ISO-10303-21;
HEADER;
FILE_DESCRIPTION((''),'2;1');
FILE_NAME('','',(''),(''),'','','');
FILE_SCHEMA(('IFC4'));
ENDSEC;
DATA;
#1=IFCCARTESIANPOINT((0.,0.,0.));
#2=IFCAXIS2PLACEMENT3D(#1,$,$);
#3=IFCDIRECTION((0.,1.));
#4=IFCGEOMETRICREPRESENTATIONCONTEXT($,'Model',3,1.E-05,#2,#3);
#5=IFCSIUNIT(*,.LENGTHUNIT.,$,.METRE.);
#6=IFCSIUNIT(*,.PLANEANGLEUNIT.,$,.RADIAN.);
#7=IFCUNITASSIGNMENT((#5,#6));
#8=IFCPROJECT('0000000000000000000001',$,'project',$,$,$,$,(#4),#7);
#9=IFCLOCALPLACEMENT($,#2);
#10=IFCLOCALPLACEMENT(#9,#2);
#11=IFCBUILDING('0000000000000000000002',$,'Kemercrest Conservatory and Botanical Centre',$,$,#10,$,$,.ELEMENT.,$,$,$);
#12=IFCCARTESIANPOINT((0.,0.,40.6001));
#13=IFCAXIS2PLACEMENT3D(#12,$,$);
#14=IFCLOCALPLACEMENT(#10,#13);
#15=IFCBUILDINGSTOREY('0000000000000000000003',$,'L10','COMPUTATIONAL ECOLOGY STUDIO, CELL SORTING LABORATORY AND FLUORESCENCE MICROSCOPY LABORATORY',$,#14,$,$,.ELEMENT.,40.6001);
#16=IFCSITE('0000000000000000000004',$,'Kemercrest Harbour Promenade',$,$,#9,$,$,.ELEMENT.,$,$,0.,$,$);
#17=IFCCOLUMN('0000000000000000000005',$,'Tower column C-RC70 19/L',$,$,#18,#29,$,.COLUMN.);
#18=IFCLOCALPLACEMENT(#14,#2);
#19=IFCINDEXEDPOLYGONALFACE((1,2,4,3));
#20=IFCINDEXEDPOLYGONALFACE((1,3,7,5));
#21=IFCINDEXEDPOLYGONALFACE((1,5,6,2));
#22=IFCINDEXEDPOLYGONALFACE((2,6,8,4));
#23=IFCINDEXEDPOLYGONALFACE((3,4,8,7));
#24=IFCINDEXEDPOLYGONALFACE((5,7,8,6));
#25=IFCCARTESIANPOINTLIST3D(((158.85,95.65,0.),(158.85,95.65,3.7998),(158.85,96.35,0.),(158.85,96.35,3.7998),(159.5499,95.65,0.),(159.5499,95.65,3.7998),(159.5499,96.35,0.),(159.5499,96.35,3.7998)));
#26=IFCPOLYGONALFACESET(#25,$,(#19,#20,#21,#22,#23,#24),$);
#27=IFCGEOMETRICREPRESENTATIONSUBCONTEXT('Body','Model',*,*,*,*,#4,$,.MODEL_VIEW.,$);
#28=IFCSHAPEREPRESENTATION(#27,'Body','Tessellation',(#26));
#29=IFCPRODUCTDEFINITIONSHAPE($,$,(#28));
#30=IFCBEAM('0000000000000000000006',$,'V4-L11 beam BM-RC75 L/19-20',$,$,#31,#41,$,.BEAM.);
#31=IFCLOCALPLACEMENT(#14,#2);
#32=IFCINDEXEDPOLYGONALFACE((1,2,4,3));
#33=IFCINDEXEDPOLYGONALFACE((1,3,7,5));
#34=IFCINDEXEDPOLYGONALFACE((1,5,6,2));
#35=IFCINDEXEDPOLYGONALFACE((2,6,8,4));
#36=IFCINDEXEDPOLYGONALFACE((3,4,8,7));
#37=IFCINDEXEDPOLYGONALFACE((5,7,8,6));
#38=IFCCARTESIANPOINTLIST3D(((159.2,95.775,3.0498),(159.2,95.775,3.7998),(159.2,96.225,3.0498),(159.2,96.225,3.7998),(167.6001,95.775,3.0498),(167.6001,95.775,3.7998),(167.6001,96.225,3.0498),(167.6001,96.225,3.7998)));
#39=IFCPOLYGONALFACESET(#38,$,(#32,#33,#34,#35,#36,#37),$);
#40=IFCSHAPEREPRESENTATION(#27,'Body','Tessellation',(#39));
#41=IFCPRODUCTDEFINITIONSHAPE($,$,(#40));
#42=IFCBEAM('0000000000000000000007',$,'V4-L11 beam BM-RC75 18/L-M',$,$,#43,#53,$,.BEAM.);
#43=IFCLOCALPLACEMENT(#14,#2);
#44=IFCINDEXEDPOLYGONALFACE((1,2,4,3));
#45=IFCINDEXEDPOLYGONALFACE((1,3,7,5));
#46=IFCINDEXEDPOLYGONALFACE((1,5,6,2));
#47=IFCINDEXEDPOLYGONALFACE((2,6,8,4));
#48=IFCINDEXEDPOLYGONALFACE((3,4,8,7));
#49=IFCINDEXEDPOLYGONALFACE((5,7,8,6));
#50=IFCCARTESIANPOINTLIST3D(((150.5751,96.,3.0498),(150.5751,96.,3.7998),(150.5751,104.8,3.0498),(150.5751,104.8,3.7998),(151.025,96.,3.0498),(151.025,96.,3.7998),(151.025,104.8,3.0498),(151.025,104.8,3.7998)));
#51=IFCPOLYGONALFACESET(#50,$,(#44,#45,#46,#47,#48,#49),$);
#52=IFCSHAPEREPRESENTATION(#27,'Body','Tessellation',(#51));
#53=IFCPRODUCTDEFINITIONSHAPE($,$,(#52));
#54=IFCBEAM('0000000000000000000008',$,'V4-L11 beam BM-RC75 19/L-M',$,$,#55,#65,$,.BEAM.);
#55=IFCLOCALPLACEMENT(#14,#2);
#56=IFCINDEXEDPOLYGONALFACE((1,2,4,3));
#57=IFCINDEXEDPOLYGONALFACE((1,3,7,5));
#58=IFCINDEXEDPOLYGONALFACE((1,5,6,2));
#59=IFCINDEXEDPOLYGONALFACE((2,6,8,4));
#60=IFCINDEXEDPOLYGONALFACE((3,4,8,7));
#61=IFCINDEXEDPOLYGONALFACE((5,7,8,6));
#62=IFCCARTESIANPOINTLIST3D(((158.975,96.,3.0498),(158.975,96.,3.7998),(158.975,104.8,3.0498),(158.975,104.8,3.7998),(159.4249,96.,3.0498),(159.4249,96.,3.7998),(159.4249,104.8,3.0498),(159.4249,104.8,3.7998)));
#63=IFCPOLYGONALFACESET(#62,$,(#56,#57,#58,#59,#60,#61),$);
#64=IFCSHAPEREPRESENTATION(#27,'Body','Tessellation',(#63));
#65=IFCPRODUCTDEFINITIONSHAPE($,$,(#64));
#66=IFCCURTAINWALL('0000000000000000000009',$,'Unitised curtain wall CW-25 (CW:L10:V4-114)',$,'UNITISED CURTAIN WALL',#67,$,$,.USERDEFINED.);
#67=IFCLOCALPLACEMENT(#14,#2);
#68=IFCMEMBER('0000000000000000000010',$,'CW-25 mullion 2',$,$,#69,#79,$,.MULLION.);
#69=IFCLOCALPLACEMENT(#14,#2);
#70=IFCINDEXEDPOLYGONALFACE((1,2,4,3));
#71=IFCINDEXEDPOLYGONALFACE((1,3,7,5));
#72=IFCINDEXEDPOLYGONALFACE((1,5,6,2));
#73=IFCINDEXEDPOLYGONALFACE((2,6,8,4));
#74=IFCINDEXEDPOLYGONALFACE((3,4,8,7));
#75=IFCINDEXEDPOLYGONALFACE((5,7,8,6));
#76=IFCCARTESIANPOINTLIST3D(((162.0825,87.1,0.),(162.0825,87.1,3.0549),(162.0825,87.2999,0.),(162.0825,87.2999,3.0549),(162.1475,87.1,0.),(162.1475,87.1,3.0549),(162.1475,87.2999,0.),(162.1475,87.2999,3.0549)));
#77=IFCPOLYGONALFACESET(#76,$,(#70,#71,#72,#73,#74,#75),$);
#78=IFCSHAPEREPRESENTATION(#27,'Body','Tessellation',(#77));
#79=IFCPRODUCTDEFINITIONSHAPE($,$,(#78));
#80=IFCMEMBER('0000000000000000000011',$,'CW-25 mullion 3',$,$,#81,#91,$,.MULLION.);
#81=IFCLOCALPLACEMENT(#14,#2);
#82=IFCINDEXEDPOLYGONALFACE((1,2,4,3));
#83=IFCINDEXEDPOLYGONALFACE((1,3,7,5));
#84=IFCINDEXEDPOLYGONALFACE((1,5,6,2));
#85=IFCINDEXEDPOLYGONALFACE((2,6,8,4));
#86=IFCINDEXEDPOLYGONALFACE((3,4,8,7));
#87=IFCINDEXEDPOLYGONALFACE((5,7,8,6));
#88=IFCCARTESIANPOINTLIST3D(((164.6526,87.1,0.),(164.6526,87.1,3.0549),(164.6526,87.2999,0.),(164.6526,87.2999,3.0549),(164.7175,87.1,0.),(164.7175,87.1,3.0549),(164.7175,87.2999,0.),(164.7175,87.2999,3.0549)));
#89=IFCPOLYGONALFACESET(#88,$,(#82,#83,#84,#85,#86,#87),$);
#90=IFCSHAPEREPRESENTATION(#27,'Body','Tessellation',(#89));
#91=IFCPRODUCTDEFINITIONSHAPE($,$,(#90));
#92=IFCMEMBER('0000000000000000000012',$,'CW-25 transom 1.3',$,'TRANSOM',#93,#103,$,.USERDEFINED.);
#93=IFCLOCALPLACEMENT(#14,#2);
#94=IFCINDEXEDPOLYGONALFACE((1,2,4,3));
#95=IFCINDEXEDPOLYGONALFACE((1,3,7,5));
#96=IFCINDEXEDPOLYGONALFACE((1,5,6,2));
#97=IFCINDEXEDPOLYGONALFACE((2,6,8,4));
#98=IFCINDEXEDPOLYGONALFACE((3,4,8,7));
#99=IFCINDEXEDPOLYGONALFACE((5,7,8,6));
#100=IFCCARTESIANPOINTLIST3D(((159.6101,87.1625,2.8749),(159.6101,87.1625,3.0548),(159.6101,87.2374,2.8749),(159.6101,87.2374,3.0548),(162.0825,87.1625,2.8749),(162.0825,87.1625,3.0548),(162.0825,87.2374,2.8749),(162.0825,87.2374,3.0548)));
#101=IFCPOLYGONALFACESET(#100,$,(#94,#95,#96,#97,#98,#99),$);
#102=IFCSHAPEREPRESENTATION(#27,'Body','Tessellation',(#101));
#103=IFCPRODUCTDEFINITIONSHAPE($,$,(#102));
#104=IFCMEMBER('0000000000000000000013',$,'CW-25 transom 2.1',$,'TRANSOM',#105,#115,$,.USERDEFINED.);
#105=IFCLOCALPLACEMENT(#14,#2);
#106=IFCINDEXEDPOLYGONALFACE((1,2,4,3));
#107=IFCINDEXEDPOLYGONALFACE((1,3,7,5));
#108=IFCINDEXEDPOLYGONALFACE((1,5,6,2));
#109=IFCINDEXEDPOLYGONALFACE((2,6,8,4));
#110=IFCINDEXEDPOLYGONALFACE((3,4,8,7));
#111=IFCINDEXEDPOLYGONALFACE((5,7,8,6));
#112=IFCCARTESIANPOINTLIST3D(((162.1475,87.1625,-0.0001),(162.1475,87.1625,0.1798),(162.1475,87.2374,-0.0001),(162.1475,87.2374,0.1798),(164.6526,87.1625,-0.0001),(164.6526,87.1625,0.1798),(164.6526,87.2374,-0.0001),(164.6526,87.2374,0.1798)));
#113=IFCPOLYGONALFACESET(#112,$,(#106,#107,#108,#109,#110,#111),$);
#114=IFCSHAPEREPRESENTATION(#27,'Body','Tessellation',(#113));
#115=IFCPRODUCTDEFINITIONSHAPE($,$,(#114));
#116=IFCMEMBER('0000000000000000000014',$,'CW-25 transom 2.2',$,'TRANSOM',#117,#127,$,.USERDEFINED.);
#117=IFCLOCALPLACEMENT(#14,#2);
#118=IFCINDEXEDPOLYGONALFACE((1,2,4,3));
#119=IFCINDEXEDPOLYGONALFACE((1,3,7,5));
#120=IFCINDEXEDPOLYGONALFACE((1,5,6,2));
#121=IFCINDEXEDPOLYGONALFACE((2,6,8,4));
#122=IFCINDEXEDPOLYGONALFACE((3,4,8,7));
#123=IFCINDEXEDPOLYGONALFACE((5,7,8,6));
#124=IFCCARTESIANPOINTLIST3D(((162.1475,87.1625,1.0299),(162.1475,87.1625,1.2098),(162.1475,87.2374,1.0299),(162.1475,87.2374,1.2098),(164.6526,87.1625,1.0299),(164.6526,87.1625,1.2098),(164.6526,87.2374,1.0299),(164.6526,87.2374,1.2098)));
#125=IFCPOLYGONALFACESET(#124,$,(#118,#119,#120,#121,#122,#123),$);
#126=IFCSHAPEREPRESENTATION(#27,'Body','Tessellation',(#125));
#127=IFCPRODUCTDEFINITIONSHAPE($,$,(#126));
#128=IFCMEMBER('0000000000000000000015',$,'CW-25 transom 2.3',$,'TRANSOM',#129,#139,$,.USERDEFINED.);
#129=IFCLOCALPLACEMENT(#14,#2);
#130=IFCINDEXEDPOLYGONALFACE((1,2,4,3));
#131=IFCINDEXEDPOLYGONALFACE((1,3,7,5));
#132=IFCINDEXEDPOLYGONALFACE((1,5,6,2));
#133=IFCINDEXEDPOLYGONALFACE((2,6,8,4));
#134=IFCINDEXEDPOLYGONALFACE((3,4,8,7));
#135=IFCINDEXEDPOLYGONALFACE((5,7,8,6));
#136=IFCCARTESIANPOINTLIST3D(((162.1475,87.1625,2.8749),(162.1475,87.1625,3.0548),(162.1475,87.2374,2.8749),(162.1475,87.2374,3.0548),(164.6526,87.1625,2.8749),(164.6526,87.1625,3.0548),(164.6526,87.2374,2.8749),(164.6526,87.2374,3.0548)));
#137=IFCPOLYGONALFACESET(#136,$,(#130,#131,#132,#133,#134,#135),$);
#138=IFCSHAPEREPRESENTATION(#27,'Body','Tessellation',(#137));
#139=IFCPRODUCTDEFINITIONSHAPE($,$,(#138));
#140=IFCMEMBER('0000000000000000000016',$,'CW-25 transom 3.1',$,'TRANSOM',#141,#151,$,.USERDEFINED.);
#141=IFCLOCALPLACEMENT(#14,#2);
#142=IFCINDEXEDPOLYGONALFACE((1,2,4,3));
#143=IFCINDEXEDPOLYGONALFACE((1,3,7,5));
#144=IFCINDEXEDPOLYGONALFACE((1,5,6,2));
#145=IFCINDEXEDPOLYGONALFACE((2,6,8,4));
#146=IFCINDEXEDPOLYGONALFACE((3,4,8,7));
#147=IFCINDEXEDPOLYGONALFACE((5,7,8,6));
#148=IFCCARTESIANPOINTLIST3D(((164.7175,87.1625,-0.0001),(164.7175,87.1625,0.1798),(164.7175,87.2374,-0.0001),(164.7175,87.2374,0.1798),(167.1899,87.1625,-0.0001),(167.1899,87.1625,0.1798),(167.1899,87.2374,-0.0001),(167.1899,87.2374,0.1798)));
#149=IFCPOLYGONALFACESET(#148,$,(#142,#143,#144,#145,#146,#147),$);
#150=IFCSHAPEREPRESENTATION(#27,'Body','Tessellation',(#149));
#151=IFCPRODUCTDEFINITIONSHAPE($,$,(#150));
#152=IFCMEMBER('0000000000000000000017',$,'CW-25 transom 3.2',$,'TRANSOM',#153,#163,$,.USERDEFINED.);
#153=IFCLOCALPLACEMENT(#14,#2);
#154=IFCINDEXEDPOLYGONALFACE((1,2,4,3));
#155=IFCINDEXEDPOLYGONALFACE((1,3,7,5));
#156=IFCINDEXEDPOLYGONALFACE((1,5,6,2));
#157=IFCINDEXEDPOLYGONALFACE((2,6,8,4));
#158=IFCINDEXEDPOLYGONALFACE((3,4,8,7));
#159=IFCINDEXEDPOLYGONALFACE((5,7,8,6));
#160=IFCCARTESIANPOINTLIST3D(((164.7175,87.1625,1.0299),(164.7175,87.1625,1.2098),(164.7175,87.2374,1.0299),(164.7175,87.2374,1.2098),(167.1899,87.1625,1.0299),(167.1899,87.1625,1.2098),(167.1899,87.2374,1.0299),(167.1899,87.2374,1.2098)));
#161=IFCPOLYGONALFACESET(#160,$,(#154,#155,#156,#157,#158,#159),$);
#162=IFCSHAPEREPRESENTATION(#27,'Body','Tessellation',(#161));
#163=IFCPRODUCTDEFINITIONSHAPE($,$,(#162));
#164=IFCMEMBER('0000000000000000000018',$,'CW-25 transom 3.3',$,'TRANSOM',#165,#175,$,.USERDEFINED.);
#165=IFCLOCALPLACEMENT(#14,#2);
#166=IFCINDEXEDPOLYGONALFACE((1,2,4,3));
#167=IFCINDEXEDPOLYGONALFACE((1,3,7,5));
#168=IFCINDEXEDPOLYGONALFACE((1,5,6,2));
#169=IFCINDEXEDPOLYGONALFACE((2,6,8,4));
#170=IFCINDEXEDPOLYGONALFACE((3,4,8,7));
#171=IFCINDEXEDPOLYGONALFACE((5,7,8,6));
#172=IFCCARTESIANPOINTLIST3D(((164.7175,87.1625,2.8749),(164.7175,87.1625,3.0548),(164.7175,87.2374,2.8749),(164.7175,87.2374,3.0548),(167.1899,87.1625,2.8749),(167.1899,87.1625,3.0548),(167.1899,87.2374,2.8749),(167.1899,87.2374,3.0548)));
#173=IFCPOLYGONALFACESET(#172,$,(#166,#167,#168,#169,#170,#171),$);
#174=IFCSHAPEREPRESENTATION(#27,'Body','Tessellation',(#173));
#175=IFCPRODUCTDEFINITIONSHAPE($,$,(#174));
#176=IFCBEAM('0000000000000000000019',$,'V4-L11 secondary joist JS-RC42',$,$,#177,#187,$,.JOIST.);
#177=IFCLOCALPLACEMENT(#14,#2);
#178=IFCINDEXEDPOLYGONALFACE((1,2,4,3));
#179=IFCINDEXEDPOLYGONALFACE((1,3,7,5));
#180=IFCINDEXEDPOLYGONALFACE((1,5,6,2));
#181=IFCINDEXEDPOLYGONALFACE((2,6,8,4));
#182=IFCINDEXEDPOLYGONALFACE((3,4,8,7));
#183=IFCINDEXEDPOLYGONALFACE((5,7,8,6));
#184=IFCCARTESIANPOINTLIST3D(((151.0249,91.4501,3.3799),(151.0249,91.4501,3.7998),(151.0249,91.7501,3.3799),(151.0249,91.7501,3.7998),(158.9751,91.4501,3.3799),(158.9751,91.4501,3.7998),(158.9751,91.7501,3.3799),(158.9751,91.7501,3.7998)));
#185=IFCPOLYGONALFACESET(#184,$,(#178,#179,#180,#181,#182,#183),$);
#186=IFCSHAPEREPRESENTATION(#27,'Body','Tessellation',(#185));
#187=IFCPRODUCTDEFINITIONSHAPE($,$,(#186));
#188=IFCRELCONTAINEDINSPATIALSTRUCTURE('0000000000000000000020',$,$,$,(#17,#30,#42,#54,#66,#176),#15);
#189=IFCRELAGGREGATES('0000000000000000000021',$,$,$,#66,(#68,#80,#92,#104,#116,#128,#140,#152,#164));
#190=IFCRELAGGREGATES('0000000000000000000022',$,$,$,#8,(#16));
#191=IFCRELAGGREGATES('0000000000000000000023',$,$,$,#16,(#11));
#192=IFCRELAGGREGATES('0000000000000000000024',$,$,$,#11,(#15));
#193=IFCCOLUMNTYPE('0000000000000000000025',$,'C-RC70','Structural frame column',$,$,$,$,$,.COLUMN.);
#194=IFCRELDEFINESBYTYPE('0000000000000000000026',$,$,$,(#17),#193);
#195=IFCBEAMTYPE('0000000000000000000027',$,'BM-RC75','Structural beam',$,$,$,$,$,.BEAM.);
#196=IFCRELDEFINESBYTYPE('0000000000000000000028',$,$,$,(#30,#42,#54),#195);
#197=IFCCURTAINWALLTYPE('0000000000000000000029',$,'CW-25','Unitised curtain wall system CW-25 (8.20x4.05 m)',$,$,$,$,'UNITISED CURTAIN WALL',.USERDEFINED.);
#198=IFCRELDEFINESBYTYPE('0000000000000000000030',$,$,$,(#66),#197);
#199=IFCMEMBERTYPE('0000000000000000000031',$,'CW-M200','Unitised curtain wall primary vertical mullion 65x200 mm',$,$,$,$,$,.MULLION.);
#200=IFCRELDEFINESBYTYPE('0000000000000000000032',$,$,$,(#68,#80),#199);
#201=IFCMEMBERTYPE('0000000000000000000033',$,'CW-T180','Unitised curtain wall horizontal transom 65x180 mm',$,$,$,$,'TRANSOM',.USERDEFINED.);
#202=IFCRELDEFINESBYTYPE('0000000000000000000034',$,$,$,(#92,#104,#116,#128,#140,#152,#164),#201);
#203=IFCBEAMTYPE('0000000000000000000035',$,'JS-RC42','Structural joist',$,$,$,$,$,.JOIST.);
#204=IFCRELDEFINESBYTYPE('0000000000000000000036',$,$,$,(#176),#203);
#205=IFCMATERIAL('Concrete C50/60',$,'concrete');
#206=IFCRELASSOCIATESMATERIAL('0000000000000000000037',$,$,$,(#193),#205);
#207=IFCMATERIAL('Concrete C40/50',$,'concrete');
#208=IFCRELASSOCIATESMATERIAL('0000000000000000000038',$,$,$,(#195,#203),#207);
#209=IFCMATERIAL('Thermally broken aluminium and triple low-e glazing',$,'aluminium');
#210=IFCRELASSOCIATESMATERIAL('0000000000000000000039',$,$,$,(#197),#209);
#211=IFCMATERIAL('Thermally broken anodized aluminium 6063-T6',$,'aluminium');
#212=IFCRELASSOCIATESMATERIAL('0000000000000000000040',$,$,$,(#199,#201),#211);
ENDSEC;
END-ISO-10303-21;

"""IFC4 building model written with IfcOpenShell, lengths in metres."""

from ifc_helpers import new_model, si_unit, direction, frame, origin, origin_2d, place, context, subcontext, project, spatial, rectangle, extrude, material, material_profile, profile_set, type_object, element, aggregate, save


model = new_model("IFC4")

# Units and contexts
model_context = context("Model", 3, precision=1e-05, world=origin(), true_north=direction((0.0, 1.0)))
body_context = subcontext(model_context, "Body", "Model", "MODEL_VIEW")
ifc_project = project(units=[si_unit("LENGTHUNIT", "METRE"), si_unit("PLANEANGLEUNIT", "RADIAN")], contexts=[model_context])

# Site, building, storey
site_placement = place(None, origin())
site = spatial("IfcSite", under=ifc_project, at=site_placement, Name="Kemercrest Harbour Promenade", CompositionType="ELEMENT", RefElevation=0.0)
building_placement = place(site_placement, origin())
building = spatial("IfcBuilding", under=site, at=building_placement, Name="Kemercrest Conservatory and Botanical Centre", CompositionType="ELEMENT")
storey_placement = place(building_placement, frame((0.0, 0.0, 40.6001)))
storey = spatial("IfcBuildingStorey", under=building, at=storey_placement, Name="L10", Description="COMPUTATIONAL ECOLOGY STUDIO, CELL SORTING LABORATORY AND FLUORESCENCE MICROSCOPY LABORATORY", CompositionType="ELEMENT", Elevation=40.6001)

# Column
ifc_material_1 = material(Name="Concrete C50/60", Category="concrete")
ifc_material_profile_1 = material_profile(ifc_material_1, rectangle(XDim=0.7, YDim=0.7, at=origin_2d()), Name="RC 700x700")
ifc_profile_set_1 = profile_set([ifc_material_profile_1], Name="Concrete C50/60")
column_type = type_object("IfcColumnType", Name="C-RC70", Description="Structural frame column", PredefinedType="COLUMN", material=ifc_profile_set_1)
column_placement = place(storey_placement, frame((159.2, 96.0, 0.0), z_axis=(0.0, 0.0, 1.0), x_axis=(1.0, 0.0, 0.0)))
element("IfcColumn", 1, at=column_placement, inside=storey, type_object=column_type, Name="Tower column C-RC70 19/L", PredefinedType="COLUMN", context=body_context, shape_type="SweptSolid", body=[
    extrude(rectangle(XDim=0.7, YDim=0.7, at=origin_2d()), origin(), (0.0, 0.0, 1.0), 3.7998),
])

# Beams
ifc_material_2 = material(Name="Concrete C40/50", Category="concrete")
ifc_material_profile_2 = material_profile(ifc_material_2, rectangle(XDim=0.45, YDim=0.75, at=origin_2d()), Name="RC 450x750")
ifc_profile_set_2 = profile_set([ifc_material_profile_2], Name="Concrete C40/50")
beam_type_1 = type_object("IfcBeamType", Name="BM-RC75", Description="Structural beam", PredefinedType="BEAM", material=ifc_profile_set_2)
beam_1_placement = place(storey_placement, frame((159.2, 96.0, 3.4248), z_axis=(1.0, 0.0, 0.0), x_axis=(0.0, 1.0, 0.0)))
element("IfcBeam", 2, at=beam_1_placement, inside=storey, type_object=beam_type_1, Name="V4-L11 beam BM-RC75 L/19-20", PredefinedType="BEAM", context=body_context, shape_type="SweptSolid", body=[
    extrude(rectangle(XDim=0.45, YDim=0.75, at=origin_2d()), origin(), (0.0, 0.0, 1.0), 8.4001),
])
for number, where, z_axis, x_axis, name in (
    (3, (150.8, 96.0, 3.4248), (0.0, 1.0, 0.0), (-1.0, 0.0, 0.0), "V4-L11 beam BM-RC75 18/L-M"),
    (4, (159.2, 96.0, 3.4248), (0.0, 1.0, 0.0), (-1.0, 0.0, 0.0), "V4-L11 beam BM-RC75 19/L-M"),
):
    element("IfcBeam", number, at=place(storey_placement, frame(where, z_axis=z_axis, x_axis=x_axis)), inside=storey, type_object=beam_type_1, Name=name, PredefinedType="BEAM", context=body_context, shape_type="SweptSolid", body=[
        extrude(rectangle(XDim=0.45, YDim=0.75, at=origin_2d()), origin(), (0.0, 0.0, 1.0), 8.8),
    ])

# Curtain wall, members
ifc_material_3 = material(Name="Thermally broken aluminium and triple low-e glazing", Category="aluminium")
curtain_wall_type = type_object("IfcCurtainWallType", Name="CW-25", Description="Unitised curtain wall system CW-25 (8.20x4.05 m)", ElementType="UNITISED CURTAIN WALL", PredefinedType="USERDEFINED", material=ifc_material_3)
curtain_wall_placement = place(storey_placement, origin())
curtain_wall = element("IfcCurtainWall", 5, at=curtain_wall_placement, inside=storey, type_object=curtain_wall_type, Name="Unitised curtain wall CW-25 (CW:L10:V4-114)", ObjectType="UNITISED CURTAIN WALL", PredefinedType="USERDEFINED")
ifc_material_4 = material(Name="Thermally broken anodized aluminium 6063-T6", Category="aluminium")
ifc_material_profile_3 = material_profile(ifc_material_4, rectangle(XDim=0.2, YDim=0.0649, at=origin_2d()), Name="AL MULLION 65x200")
ifc_profile_set_3 = profile_set([ifc_material_profile_3], Name="Thermally broken anodized aluminium 6063-T6")
member_type_1 = type_object("IfcMemberType", Name="CW-M200", Description="Unitised curtain wall primary vertical mullion 65x200 mm", PredefinedType="MULLION", material=ifc_profile_set_3)
member_1_placement = place(storey_placement, frame((162.115, 87.2, 0.0), z_axis=(0.0, 0.0, 1.0), x_axis=(0.0, 1.0, 0.0)))
member_1 = element("IfcMember", 6, at=member_1_placement, type_object=member_type_1, Name="CW-25 mullion 2", PredefinedType="MULLION", context=body_context, shape_type="SweptSolid", body=[
    extrude(rectangle(XDim=0.2, YDim=0.0649, at=origin_2d()), origin(), (0.0, 0.0, 1.0), 3.0549),
])
member_2_placement = place(storey_placement, frame((164.6851, 87.2, 0.0), z_axis=(0.0, 0.0, 1.0), x_axis=(0.0, 1.0, 0.0)))
member_2 = element("IfcMember", 7, at=member_2_placement, type_object=member_type_1, Name="CW-25 mullion 3", PredefinedType="MULLION", context=body_context, shape_type="SweptSolid", body=[
    extrude(rectangle(XDim=0.2, YDim=0.0649, at=origin_2d()), origin(), (0.0, 0.0, 1.0), 3.0549),
])
ifc_material_profile_4 = material_profile(ifc_material_4, rectangle(XDim=0.075, YDim=0.1799, at=origin_2d()), Name="AL TRANSOM 75x180")
ifc_profile_set_4 = profile_set([ifc_material_profile_4], Name="Thermally broken anodized aluminium 6063-T6")
member_type_2 = type_object("IfcMemberType", Name="CW-T180", Description="Unitised curtain wall horizontal transom 65x180 mm", ElementType="TRANSOM", PredefinedType="USERDEFINED", material=ifc_profile_set_4)
member_3_placement = place(storey_placement, frame((159.6101, 87.2, 2.9648), z_axis=(1.0, 0.0, 0.0), x_axis=(0.0, 1.0, 0.0)))
member_3 = element("IfcMember", 8, at=member_3_placement, type_object=member_type_2, Name="CW-25 transom 1.3", ObjectType="TRANSOM", PredefinedType="USERDEFINED", context=body_context, shape_type="SweptSolid", body=[
    extrude(rectangle(XDim=0.075, YDim=0.1799, at=origin_2d()), origin(), (0.0, 0.0, 1.0), 2.4724),
])
member_4_placement = place(storey_placement, frame((162.1475, 87.2, 0.0898), z_axis=(1.0, 0.0, 0.0), x_axis=(0.0, 1.0, 0.0)))
member_4 = element("IfcMember", 9, at=member_4_placement, type_object=member_type_2, Name="CW-25 transom 2.1", ObjectType="TRANSOM", PredefinedType="USERDEFINED", context=body_context, shape_type="SweptSolid", body=[
    extrude(rectangle(XDim=0.075, YDim=0.1799, at=origin_2d()), origin(), (0.0, 0.0, 1.0), 2.5051),
])
member_5_placement = place(storey_placement, frame((162.1475, 87.2, 1.1199), z_axis=(1.0, 0.0, 0.0), x_axis=(0.0, 1.0, 0.0)))
member_5 = element("IfcMember", 10, at=member_5_placement, type_object=member_type_2, Name="CW-25 transom 2.2", ObjectType="TRANSOM", PredefinedType="USERDEFINED", context=body_context, shape_type="SweptSolid", body=[
    extrude(rectangle(XDim=0.075, YDim=0.1799, at=origin_2d()), origin(), (0.0, 0.0, 1.0), 2.5051),
])
member_6_placement = place(storey_placement, frame((162.1475, 87.2, 2.9648), z_axis=(1.0, 0.0, 0.0), x_axis=(0.0, 1.0, 0.0)))
member_6 = element("IfcMember", 11, at=member_6_placement, type_object=member_type_2, Name="CW-25 transom 2.3", ObjectType="TRANSOM", PredefinedType="USERDEFINED", context=body_context, shape_type="SweptSolid", body=[
    extrude(rectangle(XDim=0.075, YDim=0.1799, at=origin_2d()), origin(), (0.0, 0.0, 1.0), 2.5051),
])
member_7_placement = place(storey_placement, frame((164.7175, 87.2, 0.0898), z_axis=(1.0, 0.0, 0.0), x_axis=(0.0, 1.0, 0.0)))
member_7 = element("IfcMember", 12, at=member_7_placement, type_object=member_type_2, Name="CW-25 transom 3.1", ObjectType="TRANSOM", PredefinedType="USERDEFINED", context=body_context, shape_type="SweptSolid", body=[
    extrude(rectangle(XDim=0.075, YDim=0.1799, at=origin_2d()), origin(), (0.0, 0.0, 1.0), 2.4724),
])
member_8_placement = place(storey_placement, frame((164.7175, 87.2, 1.1199), z_axis=(1.0, 0.0, 0.0), x_axis=(0.0, 1.0, 0.0)))
member_8 = element("IfcMember", 13, at=member_8_placement, type_object=member_type_2, Name="CW-25 transom 3.2", ObjectType="TRANSOM", PredefinedType="USERDEFINED", context=body_context, shape_type="SweptSolid", body=[
    extrude(rectangle(XDim=0.075, YDim=0.1799, at=origin_2d()), origin(), (0.0, 0.0, 1.0), 2.4724),
])
member_9_placement = place(storey_placement, frame((164.7175, 87.2, 2.9648), z_axis=(1.0, 0.0, 0.0), x_axis=(0.0, 1.0, 0.0)))
member_9 = element("IfcMember", 14, at=member_9_placement, type_object=member_type_2, Name="CW-25 transom 3.3", ObjectType="TRANSOM", PredefinedType="USERDEFINED", context=body_context, shape_type="SweptSolid", body=[
    extrude(rectangle(XDim=0.075, YDim=0.1799, at=origin_2d()), origin(), (0.0, 0.0, 1.0), 2.4724),
])

# Beam
ifc_material_profile_5 = material_profile(ifc_material_2, rectangle(XDim=0.3, YDim=0.4199, at=origin_2d()), Name="RC 300x420")
ifc_profile_set_5 = profile_set([ifc_material_profile_5], Name="Concrete C40/50")
beam_type_2 = type_object("IfcBeamType", Name="JS-RC42", Description="Structural joist", PredefinedType="JOIST", material=ifc_profile_set_5)
beam_2_placement = place(storey_placement, frame((151.0249, 91.6001, 3.5898), z_axis=(1.0, 0.0, 0.0), x_axis=(0.0, 1.0, 0.0)))
element("IfcBeam", 15, at=beam_2_placement, inside=storey, type_object=beam_type_2, Name="V4-L11 secondary joist JS-RC42", PredefinedType="JOIST", context=body_context, shape_type="SweptSolid", body=[
    extrude(rectangle(XDim=0.3, YDim=0.4199, at=origin_2d()), origin(), (0.0, 0.0, 1.0), 7.9502),
])

aggregate(curtain_wall, [member_1, member_2, member_3, member_4, member_5, member_6, member_7, member_8, member_9])

save(model, "model.ifc")
